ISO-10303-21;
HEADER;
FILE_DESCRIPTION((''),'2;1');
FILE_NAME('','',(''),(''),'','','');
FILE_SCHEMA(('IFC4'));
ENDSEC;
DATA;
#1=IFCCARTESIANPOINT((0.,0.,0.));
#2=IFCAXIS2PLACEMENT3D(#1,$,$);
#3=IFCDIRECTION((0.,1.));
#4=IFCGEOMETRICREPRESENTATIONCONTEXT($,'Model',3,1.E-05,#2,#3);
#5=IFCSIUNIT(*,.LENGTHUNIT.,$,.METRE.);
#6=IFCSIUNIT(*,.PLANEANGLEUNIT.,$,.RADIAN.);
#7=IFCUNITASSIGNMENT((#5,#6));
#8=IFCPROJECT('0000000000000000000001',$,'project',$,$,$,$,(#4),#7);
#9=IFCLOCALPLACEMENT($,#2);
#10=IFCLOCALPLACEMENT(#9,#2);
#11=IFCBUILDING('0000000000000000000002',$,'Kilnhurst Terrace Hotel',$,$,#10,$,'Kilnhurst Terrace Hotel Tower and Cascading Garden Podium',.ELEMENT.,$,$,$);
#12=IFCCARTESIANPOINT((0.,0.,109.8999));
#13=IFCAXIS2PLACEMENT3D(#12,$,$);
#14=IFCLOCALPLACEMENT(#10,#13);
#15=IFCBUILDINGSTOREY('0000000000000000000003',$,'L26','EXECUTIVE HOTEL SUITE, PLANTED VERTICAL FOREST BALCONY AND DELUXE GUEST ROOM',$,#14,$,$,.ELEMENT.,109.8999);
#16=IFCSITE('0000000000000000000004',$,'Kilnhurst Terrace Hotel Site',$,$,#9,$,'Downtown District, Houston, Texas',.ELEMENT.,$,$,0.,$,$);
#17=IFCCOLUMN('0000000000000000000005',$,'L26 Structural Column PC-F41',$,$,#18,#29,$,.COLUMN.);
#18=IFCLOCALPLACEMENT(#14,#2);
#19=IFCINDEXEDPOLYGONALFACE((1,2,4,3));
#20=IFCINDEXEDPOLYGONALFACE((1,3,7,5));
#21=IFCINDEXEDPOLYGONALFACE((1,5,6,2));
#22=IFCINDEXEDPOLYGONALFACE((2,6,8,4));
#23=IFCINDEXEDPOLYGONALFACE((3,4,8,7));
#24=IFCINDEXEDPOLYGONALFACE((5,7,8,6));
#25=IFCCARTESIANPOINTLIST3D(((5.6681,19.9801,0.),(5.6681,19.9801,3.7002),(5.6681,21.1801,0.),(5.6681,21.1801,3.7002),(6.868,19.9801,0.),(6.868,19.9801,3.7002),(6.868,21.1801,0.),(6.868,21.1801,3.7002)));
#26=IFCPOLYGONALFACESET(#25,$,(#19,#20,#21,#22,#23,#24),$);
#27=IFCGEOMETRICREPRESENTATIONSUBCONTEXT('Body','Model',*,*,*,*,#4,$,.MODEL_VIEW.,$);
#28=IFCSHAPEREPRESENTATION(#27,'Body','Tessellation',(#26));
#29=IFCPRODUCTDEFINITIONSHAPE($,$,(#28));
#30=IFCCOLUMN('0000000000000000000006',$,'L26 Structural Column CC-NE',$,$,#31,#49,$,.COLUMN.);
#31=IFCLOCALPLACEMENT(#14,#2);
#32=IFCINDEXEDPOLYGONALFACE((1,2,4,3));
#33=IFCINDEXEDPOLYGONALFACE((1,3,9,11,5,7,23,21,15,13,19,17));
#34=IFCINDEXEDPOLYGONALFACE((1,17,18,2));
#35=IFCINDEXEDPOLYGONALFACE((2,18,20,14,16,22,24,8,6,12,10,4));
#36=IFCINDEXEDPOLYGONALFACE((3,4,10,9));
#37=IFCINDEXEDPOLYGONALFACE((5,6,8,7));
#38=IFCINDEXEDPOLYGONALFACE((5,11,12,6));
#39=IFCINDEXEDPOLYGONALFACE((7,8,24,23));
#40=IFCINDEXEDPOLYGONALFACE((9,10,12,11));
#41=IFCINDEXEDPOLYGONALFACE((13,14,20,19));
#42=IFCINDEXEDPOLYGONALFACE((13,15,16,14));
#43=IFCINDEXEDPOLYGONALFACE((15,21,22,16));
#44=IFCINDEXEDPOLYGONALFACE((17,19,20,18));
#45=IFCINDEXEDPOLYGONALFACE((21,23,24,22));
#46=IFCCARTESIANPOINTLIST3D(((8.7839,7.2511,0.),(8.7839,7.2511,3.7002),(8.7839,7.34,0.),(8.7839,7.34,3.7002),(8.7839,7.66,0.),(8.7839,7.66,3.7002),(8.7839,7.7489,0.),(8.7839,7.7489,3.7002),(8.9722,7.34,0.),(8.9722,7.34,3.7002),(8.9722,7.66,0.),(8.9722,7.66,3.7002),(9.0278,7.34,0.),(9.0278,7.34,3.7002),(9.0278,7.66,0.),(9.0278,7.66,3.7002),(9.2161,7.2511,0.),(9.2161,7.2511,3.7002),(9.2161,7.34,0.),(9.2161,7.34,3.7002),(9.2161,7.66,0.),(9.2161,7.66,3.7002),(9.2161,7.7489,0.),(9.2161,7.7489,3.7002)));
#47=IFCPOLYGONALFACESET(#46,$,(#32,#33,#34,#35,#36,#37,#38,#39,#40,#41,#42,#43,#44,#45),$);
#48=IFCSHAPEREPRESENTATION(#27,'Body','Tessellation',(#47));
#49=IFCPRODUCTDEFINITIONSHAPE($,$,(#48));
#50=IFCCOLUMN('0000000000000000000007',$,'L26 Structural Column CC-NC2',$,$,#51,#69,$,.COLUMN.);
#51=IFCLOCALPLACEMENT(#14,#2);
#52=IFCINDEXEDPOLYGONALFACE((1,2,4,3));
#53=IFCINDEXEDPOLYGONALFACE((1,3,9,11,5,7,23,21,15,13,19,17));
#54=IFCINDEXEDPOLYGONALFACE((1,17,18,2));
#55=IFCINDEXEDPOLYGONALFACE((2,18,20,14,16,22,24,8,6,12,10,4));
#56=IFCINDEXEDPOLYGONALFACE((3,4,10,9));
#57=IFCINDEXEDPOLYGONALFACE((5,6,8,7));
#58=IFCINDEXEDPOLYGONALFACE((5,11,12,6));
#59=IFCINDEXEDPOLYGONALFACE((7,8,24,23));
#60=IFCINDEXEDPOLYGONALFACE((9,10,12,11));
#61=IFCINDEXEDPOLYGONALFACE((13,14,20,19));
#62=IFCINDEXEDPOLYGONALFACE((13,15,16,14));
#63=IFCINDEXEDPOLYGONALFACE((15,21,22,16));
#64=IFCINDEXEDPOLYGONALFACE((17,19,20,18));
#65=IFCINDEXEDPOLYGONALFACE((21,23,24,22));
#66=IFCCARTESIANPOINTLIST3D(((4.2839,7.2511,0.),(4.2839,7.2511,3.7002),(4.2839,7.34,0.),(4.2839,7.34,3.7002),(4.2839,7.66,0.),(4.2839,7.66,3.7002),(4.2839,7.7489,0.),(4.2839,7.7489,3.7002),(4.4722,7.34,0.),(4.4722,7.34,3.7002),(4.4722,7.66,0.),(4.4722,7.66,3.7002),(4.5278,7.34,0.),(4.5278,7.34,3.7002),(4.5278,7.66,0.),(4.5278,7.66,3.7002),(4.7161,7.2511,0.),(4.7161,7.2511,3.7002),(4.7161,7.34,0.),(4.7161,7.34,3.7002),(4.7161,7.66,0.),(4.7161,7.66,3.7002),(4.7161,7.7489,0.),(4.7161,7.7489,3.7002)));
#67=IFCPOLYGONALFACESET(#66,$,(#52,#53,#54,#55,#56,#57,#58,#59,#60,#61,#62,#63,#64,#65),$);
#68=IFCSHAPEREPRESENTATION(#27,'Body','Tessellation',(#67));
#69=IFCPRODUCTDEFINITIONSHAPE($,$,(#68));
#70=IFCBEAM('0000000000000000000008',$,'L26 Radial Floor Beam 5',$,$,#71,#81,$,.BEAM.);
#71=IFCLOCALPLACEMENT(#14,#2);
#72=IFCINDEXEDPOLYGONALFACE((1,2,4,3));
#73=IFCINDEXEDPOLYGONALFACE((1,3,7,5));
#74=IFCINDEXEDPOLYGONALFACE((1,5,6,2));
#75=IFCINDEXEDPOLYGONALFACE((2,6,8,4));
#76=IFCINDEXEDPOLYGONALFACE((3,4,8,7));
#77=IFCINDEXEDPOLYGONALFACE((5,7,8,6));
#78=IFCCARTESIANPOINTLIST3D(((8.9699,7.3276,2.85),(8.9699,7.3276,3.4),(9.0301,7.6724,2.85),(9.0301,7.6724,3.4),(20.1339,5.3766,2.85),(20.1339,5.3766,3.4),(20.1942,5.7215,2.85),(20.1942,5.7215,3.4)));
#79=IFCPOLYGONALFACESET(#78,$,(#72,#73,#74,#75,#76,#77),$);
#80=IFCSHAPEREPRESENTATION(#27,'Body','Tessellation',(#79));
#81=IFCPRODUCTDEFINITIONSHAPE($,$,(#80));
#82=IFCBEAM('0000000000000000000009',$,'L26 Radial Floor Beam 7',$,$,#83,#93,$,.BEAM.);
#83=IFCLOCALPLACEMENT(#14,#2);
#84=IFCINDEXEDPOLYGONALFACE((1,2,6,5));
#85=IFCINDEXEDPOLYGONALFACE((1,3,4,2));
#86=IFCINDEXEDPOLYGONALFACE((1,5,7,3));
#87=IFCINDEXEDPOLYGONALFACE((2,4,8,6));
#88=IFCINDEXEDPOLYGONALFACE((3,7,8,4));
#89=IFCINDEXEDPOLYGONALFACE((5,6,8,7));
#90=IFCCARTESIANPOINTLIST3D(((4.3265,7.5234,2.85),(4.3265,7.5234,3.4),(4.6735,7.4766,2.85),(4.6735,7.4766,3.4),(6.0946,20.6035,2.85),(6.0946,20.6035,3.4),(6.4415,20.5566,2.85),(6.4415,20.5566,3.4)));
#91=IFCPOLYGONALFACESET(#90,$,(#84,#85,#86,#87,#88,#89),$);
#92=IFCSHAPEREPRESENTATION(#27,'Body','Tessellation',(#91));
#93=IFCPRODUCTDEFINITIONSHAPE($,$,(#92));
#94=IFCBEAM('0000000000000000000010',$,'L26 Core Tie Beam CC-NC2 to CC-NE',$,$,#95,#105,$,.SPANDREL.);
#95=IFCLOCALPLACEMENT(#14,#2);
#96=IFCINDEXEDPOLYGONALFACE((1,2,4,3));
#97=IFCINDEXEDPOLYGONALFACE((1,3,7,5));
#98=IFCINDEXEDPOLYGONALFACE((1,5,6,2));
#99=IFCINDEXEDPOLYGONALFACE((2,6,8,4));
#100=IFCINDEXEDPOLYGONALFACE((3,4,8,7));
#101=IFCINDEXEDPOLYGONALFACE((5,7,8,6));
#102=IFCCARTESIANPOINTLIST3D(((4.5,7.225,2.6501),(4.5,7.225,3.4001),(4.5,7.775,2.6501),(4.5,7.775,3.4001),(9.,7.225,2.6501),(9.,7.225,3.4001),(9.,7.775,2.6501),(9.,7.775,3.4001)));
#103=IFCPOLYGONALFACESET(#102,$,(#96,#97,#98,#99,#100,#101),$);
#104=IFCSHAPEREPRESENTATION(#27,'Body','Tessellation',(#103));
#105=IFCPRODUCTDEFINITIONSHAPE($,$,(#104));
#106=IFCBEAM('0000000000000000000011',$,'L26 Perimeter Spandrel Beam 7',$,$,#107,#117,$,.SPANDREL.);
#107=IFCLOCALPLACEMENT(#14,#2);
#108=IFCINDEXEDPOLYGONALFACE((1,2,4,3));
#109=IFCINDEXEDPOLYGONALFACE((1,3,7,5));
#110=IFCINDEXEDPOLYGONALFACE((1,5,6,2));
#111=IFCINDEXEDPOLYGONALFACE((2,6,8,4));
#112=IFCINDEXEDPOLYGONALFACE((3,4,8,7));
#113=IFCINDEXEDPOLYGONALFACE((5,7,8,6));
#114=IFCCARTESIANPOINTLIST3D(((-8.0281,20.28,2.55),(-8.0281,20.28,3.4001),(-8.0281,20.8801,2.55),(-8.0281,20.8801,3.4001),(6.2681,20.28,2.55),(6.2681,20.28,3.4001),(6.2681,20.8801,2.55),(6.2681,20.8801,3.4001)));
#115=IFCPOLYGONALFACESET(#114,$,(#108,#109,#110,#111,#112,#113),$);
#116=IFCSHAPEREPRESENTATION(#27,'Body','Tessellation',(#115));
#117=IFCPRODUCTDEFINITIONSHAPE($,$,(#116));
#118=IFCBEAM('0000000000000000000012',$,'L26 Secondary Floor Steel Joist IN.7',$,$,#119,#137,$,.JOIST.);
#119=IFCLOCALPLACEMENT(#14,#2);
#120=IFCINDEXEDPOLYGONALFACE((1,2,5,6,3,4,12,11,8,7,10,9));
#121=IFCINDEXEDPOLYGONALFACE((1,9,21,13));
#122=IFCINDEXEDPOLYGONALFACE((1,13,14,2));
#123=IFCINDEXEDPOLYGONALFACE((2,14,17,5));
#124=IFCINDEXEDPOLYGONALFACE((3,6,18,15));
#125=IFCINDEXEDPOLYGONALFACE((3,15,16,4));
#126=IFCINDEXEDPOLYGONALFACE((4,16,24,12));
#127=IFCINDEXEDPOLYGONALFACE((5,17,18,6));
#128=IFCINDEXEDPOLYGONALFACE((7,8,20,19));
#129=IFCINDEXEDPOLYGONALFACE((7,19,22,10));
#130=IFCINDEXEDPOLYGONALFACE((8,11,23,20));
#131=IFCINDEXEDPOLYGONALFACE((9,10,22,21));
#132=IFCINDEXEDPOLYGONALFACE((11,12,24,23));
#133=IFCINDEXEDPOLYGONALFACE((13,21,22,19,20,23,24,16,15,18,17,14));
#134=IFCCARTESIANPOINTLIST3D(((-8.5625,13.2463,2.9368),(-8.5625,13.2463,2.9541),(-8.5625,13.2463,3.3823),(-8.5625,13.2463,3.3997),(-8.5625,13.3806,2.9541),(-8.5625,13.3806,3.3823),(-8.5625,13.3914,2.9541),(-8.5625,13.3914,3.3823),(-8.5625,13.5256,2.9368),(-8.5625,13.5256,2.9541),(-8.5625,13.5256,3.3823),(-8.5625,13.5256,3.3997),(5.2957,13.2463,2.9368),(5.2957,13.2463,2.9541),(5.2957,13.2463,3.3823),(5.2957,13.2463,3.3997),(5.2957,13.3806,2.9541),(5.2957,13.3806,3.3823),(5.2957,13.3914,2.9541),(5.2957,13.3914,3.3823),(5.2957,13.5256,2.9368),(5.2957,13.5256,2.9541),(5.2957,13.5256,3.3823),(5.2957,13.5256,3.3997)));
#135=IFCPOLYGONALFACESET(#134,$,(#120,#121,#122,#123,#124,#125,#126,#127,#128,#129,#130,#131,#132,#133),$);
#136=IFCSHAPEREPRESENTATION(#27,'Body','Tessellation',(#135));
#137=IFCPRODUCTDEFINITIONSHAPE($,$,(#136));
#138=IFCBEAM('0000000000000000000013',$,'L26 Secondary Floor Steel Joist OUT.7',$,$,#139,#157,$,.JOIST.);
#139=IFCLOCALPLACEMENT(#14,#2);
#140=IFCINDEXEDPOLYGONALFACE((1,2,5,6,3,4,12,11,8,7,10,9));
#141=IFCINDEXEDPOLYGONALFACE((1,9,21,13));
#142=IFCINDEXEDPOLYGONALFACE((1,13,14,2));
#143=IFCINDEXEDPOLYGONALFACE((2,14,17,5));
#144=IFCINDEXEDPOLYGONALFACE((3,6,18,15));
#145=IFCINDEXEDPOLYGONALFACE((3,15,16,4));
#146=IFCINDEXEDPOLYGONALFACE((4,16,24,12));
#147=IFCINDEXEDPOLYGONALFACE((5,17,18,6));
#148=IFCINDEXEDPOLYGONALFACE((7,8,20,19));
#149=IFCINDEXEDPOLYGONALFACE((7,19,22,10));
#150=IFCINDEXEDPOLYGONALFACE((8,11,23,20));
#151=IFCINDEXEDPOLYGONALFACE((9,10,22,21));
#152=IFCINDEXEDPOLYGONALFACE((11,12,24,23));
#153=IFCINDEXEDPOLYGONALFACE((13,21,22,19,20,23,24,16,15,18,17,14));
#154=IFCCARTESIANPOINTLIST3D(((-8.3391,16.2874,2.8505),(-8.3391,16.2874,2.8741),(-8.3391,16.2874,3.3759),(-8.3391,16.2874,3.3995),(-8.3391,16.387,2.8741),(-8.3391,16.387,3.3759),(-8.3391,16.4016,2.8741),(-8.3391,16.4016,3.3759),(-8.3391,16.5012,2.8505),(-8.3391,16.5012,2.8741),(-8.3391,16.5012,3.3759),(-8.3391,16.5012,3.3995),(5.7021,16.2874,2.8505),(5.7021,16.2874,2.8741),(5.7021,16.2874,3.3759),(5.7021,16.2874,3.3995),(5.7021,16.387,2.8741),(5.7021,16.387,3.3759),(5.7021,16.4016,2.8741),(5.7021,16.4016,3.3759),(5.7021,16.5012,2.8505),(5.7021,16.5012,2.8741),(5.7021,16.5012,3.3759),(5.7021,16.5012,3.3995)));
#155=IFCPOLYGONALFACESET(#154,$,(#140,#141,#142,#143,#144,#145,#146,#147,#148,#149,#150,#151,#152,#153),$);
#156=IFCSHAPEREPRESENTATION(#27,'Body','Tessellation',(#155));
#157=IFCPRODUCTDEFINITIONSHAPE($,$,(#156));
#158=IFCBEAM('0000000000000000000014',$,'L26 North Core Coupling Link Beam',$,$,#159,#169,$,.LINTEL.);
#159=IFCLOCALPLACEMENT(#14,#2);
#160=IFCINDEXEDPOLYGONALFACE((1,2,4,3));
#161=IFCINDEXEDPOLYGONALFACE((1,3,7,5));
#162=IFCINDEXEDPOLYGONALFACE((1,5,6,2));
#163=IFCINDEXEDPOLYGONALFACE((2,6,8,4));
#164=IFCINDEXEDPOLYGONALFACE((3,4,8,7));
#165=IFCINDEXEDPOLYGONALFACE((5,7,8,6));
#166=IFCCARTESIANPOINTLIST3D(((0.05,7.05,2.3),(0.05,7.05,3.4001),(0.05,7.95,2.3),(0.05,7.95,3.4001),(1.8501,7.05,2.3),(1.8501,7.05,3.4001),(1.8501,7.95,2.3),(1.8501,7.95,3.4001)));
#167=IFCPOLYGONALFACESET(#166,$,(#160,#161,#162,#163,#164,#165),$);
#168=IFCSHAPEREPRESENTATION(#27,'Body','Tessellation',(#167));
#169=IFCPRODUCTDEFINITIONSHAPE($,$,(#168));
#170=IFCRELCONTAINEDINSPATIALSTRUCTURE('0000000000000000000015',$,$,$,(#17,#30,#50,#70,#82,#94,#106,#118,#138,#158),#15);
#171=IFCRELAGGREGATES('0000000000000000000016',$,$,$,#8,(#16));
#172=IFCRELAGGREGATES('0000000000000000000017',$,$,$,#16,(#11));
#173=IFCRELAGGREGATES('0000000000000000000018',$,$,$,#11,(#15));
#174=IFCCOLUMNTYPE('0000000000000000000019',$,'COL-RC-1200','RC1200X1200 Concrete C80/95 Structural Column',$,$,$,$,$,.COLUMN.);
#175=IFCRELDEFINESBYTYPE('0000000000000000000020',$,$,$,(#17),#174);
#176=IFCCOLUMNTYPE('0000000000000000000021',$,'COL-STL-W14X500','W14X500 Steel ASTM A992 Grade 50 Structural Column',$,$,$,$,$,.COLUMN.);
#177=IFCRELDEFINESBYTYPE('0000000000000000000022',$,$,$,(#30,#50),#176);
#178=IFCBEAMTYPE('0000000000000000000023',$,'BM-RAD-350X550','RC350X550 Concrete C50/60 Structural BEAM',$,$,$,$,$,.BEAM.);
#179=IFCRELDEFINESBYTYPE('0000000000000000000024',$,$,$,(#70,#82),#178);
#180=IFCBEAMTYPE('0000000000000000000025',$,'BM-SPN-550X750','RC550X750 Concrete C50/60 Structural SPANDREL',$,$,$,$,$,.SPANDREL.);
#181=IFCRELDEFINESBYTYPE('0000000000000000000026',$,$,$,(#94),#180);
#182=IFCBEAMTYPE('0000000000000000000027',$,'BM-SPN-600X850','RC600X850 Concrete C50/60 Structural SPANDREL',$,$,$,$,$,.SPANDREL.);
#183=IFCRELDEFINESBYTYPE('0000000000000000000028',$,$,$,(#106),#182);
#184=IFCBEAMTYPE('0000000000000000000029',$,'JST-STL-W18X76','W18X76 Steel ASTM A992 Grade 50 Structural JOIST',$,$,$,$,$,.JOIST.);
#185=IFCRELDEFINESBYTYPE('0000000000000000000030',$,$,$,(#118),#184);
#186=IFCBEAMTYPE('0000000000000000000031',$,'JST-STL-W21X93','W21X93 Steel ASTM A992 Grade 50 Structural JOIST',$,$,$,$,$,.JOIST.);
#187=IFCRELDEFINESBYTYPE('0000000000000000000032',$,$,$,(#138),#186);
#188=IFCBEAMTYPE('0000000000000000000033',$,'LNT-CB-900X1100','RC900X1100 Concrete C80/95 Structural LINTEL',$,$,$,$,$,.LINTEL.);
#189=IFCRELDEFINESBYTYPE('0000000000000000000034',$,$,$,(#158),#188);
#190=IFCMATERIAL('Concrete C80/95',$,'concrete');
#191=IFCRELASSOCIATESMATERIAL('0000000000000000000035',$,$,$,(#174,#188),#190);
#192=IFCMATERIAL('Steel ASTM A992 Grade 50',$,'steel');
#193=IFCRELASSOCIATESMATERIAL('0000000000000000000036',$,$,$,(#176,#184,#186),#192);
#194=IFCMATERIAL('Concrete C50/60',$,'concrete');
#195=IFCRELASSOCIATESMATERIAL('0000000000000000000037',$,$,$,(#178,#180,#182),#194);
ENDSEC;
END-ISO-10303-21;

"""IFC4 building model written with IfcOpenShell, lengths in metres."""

from ifc_helpers import new_model, si_unit, direction, frame, origin, origin_2d, place, context, subcontext, project, spatial, rectangle, i_section, extrude, material, material_profile, profile_set, type_object, element, save


model = new_model("IFC4")

# Units and contexts
model_context = context("Model", 3, precision=1e-05, world=origin(), true_north=direction((0.0, 1.0)))
body_context = subcontext(model_context, "Body", "Model", "MODEL_VIEW")
ifc_project = project(units=[si_unit("LENGTHUNIT", "METRE"), si_unit("PLANEANGLEUNIT", "RADIAN")], contexts=[model_context])

# Site, building, storey
site_placement = place(None, origin())
site = spatial("IfcSite", under=ifc_project, at=site_placement, Name="Kilnhurst Terrace Hotel Site", LongName="Downtown District, Houston, Texas", CompositionType="ELEMENT", RefElevation=0.0)
building_placement = place(site_placement, origin())
building = spatial("IfcBuilding", under=site, at=building_placement, Name="Kilnhurst Terrace Hotel", LongName="Kilnhurst Terrace Hotel Tower and Cascading Garden Podium", CompositionType="ELEMENT")
storey_placement = place(building_placement, frame((0.0, 0.0, 109.8999)))
storey = spatial("IfcBuildingStorey", under=building, at=storey_placement, Name="L26", Description="EXECUTIVE HOTEL SUITE, PLANTED VERTICAL FOREST BALCONY AND DELUXE GUEST ROOM", CompositionType="ELEMENT", Elevation=109.8999)

# Columns
ifc_material_1 = material(Name="Concrete C80/95", Category="concrete")
ifc_material_profile_1 = material_profile(ifc_material_1, rectangle(XDim=1.2, YDim=1.2, at=origin_2d()), Name="RC1200X1200")
ifc_profile_set_1 = profile_set([ifc_material_profile_1], Name="Concrete C80/95")
column_type_1 = type_object("IfcColumnType", Name="COL-RC-1200", Description="RC1200X1200 Concrete C80/95 Structural Column", PredefinedType="COLUMN", material=ifc_profile_set_1)
column_placement = place(storey_placement, frame((6.2681, 20.5801, 0.0), z_axis=(0.0, 0.0, 1.0), x_axis=(1.0, 0.0, 0.0)))
element("IfcColumn", 1, at=column_placement, inside=storey, type_object=column_type_1, Name="L26 Structural Column PC-F41", PredefinedType="COLUMN", context=body_context, shape_type="SweptSolid", body=[
    extrude(rectangle(XDim=1.2, YDim=1.2, at=origin_2d()), origin(), (0.0, 0.0, 1.0), 3.7002),
])
ifc_material_2 = material(Name="Steel ASTM A992 Grade 50", Category="steel")
ifc_material_profile_2 = material_profile(ifc_material_2, i_section(OverallWidth=0.4321, OverallDepth=0.4978, WebThickness=0.0557, FlangeThickness=0.0889, at=origin_2d()), Name="W14X500")
ifc_profile_set_2 = profile_set([ifc_material_profile_2], Name="Steel ASTM A992 Grade 50")
column_type_2 = type_object("IfcColumnType", Name="COL-STL-W14X500", Description="W14X500 Steel ASTM A992 Grade 50 Structural Column", PredefinedType="COLUMN", material=ifc_profile_set_2)
for number, where, z_axis, x_axis, name in (
    (2, (9.0, 7.5, 0.0), (0.0, 0.0, 1.0), (1.0, 0.0, 0.0), "L26 Structural Column CC-NE"),
    (3, (4.5, 7.5, 0.0), (0.0, 0.0, 1.0), (1.0, 0.0, 0.0), "L26 Structural Column CC-NC2"),
):
    element("IfcColumn", number, at=place(storey_placement, frame(where, z_axis=z_axis, x_axis=x_axis)), inside=storey, type_object=column_type_2, Name=name, PredefinedType="COLUMN", context=body_context, shape_type="SweptSolid", body=[
        extrude(i_section(OverallWidth=0.4321, OverallDepth=0.4978, WebThickness=0.0557, FlangeThickness=0.0889, at=origin_2d()), origin(), (0.0, 0.0, 1.0), 3.7002),
    ])

# Beams
ifc_material_3 = material(Name="Concrete C50/60", Category="concrete")
ifc_material_profile_3 = material_profile(ifc_material_3, rectangle(XDim=0.3501, YDim=0.55, at=origin_2d()), Name="RC350X550")
ifc_profile_set_3 = profile_set([ifc_material_profile_3], Name="Concrete C50/60")
beam_type_1 = type_object("IfcBeamType", Name="BM-RAD-350X550", Description="RC350X550 Concrete C50/60 Structural BEAM", PredefinedType="BEAM", material=ifc_profile_set_3)
beam_1_placement = place(storey_placement, frame((9.0, 7.5, 3.125), z_axis=(0.985072, -0.172142, 0.0), x_axis=(0.172142, 0.985072, 0.0)))
element("IfcBeam", 4, at=beam_1_placement, inside=storey, type_object=beam_type_1, Name="L26 Radial Floor Beam 5", PredefinedType="BEAM", context=body_context, shape_type="SweptSolid", body=[
    extrude(rectangle(XDim=0.3501, YDim=0.55, at=origin_2d()), origin(), (0.0, 0.0, 1.0), 11.3333),
])
beam_2_placement = place(storey_placement, frame((4.5, 7.5, 3.125), z_axis=(0.133954, 0.990988, 0.0), x_axis=(-0.990988, 0.133954, 0.0)))
element("IfcBeam", 5, at=beam_2_placement, inside=storey, type_object=beam_type_1, Name="L26 Radial Floor Beam 7", PredefinedType="BEAM", context=body_context, shape_type="SweptSolid", body=[
    extrude(rectangle(XDim=0.3501, YDim=0.55, at=origin_2d()), origin(), (0.0, 0.0, 1.0), 13.199),
])
ifc_material_profile_4 = material_profile(ifc_material_3, rectangle(XDim=0.55, YDim=0.75, at=origin_2d()), Name="RC550X750")
ifc_profile_set_4 = profile_set([ifc_material_profile_4], Name="Concrete C50/60")
beam_type_2 = type_object("IfcBeamType", Name="BM-SPN-550X750", Description="RC550X750 Concrete C50/60 Structural SPANDREL", PredefinedType="SPANDREL", material=ifc_profile_set_4)
beam_3_placement = place(storey_placement, frame((4.5, 7.5, 3.0251), z_axis=(1.0, 0.0, 0.0), x_axis=(0.0, 1.0, 0.0)))
element("IfcBeam", 6, at=beam_3_placement, inside=storey, type_object=beam_type_2, Name="L26 Core Tie Beam CC-NC2 to CC-NE", PredefinedType="SPANDREL", context=body_context, shape_type="SweptSolid", body=[
    extrude(rectangle(XDim=0.55, YDim=0.75, at=origin_2d()), origin(), (0.0, 0.0, 1.0), 4.5),
])
ifc_material_profile_5 = material_profile(ifc_material_3, rectangle(XDim=0.6001, YDim=0.8501, at=origin_2d()), Name="RC600X850")
ifc_profile_set_5 = profile_set([ifc_material_profile_5], Name="Concrete C50/60")
beam_type_3 = type_object("IfcBeamType", Name="BM-SPN-600X850", Description="RC600X850 Concrete C50/60 Structural SPANDREL", PredefinedType="SPANDREL", material=ifc_profile_set_5)
beam_4_placement = place(storey_placement, frame((6.2681, 20.5801, 2.9751), z_axis=(-1.0, 0.0, 0.0), x_axis=(0.0, -1.0, 0.0)))
element("IfcBeam", 7, at=beam_4_placement, inside=storey, type_object=beam_type_3, Name="L26 Perimeter Spandrel Beam 7", PredefinedType="SPANDREL", context=body_context, shape_type="SweptSolid", body=[
    extrude(rectangle(XDim=0.6001, YDim=0.8501, at=origin_2d()), origin(), (0.0, 0.0, 1.0), 14.2961),
])
ifc_material_profile_6 = material_profile(ifc_material_2, i_section(OverallWidth=0.2793, OverallDepth=0.4629, WebThickness=0.0107, FlangeThickness=0.0173, at=origin_2d()), Name="W18X76")
ifc_profile_set_6 = profile_set([ifc_material_profile_6], Name="Steel ASTM A992 Grade 50")
beam_type_4 = type_object("IfcBeamType", Name="JST-STL-W18X76", Description="W18X76 Steel ASTM A992 Grade 50 Structural JOIST", PredefinedType="JOIST", material=ifc_profile_set_6)
beam_5_placement = place(storey_placement, frame((5.2957, 13.386, 3.1682), z_axis=(-1.0, 0.0, 0.0), x_axis=(0.0, -1.0, 0.0)))
element("IfcBeam", 8, at=beam_5_placement, inside=storey, type_object=beam_type_4, Name="L26 Secondary Floor Steel Joist IN.7", PredefinedType="JOIST", context=body_context, shape_type="SweptSolid", body=[
    extrude(i_section(OverallWidth=0.2793, OverallDepth=0.4629, WebThickness=0.0107, FlangeThickness=0.0173, at=origin_2d()), origin(), (0.0, 0.0, 1.0), 13.8582),
])
ifc_material_profile_7 = material_profile(ifc_material_2, i_section(OverallWidth=0.2139, OverallDepth=0.5491, WebThickness=0.0146, FlangeThickness=0.0237, at=origin_2d()), Name="W21X93")
ifc_profile_set_7 = profile_set([ifc_material_profile_7], Name="Steel ASTM A992 Grade 50")
beam_type_5 = type_object("IfcBeamType", Name="JST-STL-W21X93", Description="W21X93 Steel ASTM A992 Grade 50 Structural JOIST", PredefinedType="JOIST", material=ifc_profile_set_7)
beam_6_placement = place(storey_placement, frame((5.7021, 16.3943, 3.125), z_axis=(-1.0, 0.0, 0.0), x_axis=(0.0, -1.0, 0.0)))
element("IfcBeam", 9, at=beam_6_placement, inside=storey, type_object=beam_type_5, Name="L26 Secondary Floor Steel Joist OUT.7", PredefinedType="JOIST", context=body_context, shape_type="SweptSolid", body=[
    extrude(i_section(OverallWidth=0.2139, OverallDepth=0.5491, WebThickness=0.0146, FlangeThickness=0.0237, at=origin_2d()), origin(), (0.0, 0.0, 1.0), 14.0413),
])
ifc_material_profile_8 = material_profile(ifc_material_1, rectangle(XDim=0.8999, YDim=1.1001, at=origin_2d()), Name="RC900X1100")
ifc_profile_set_8 = profile_set([ifc_material_profile_8], Name="Concrete C80/95")
beam_type_6 = type_object("IfcBeamType", Name="LNT-CB-900X1100", Description="RC900X1100 Concrete C80/95 Structural LINTEL", PredefinedType="LINTEL", material=ifc_profile_set_8)
beam_7_placement = place(storey_placement, frame((0.05, 7.5, 2.8501), z_axis=(1.0, 0.0, 0.0), x_axis=(0.0, 1.0, 0.0)))
element("IfcBeam", 10, at=beam_7_placement, inside=storey, type_object=beam_type_6, Name="L26 North Core Coupling Link Beam", PredefinedType="LINTEL", context=body_context, shape_type="SweptSolid", body=[
    extrude(rectangle(XDim=0.8999, YDim=1.1001, at=origin_2d()), origin(), (0.0, 0.0, 1.0), 1.8),
])

save(model, "model.ifc")
